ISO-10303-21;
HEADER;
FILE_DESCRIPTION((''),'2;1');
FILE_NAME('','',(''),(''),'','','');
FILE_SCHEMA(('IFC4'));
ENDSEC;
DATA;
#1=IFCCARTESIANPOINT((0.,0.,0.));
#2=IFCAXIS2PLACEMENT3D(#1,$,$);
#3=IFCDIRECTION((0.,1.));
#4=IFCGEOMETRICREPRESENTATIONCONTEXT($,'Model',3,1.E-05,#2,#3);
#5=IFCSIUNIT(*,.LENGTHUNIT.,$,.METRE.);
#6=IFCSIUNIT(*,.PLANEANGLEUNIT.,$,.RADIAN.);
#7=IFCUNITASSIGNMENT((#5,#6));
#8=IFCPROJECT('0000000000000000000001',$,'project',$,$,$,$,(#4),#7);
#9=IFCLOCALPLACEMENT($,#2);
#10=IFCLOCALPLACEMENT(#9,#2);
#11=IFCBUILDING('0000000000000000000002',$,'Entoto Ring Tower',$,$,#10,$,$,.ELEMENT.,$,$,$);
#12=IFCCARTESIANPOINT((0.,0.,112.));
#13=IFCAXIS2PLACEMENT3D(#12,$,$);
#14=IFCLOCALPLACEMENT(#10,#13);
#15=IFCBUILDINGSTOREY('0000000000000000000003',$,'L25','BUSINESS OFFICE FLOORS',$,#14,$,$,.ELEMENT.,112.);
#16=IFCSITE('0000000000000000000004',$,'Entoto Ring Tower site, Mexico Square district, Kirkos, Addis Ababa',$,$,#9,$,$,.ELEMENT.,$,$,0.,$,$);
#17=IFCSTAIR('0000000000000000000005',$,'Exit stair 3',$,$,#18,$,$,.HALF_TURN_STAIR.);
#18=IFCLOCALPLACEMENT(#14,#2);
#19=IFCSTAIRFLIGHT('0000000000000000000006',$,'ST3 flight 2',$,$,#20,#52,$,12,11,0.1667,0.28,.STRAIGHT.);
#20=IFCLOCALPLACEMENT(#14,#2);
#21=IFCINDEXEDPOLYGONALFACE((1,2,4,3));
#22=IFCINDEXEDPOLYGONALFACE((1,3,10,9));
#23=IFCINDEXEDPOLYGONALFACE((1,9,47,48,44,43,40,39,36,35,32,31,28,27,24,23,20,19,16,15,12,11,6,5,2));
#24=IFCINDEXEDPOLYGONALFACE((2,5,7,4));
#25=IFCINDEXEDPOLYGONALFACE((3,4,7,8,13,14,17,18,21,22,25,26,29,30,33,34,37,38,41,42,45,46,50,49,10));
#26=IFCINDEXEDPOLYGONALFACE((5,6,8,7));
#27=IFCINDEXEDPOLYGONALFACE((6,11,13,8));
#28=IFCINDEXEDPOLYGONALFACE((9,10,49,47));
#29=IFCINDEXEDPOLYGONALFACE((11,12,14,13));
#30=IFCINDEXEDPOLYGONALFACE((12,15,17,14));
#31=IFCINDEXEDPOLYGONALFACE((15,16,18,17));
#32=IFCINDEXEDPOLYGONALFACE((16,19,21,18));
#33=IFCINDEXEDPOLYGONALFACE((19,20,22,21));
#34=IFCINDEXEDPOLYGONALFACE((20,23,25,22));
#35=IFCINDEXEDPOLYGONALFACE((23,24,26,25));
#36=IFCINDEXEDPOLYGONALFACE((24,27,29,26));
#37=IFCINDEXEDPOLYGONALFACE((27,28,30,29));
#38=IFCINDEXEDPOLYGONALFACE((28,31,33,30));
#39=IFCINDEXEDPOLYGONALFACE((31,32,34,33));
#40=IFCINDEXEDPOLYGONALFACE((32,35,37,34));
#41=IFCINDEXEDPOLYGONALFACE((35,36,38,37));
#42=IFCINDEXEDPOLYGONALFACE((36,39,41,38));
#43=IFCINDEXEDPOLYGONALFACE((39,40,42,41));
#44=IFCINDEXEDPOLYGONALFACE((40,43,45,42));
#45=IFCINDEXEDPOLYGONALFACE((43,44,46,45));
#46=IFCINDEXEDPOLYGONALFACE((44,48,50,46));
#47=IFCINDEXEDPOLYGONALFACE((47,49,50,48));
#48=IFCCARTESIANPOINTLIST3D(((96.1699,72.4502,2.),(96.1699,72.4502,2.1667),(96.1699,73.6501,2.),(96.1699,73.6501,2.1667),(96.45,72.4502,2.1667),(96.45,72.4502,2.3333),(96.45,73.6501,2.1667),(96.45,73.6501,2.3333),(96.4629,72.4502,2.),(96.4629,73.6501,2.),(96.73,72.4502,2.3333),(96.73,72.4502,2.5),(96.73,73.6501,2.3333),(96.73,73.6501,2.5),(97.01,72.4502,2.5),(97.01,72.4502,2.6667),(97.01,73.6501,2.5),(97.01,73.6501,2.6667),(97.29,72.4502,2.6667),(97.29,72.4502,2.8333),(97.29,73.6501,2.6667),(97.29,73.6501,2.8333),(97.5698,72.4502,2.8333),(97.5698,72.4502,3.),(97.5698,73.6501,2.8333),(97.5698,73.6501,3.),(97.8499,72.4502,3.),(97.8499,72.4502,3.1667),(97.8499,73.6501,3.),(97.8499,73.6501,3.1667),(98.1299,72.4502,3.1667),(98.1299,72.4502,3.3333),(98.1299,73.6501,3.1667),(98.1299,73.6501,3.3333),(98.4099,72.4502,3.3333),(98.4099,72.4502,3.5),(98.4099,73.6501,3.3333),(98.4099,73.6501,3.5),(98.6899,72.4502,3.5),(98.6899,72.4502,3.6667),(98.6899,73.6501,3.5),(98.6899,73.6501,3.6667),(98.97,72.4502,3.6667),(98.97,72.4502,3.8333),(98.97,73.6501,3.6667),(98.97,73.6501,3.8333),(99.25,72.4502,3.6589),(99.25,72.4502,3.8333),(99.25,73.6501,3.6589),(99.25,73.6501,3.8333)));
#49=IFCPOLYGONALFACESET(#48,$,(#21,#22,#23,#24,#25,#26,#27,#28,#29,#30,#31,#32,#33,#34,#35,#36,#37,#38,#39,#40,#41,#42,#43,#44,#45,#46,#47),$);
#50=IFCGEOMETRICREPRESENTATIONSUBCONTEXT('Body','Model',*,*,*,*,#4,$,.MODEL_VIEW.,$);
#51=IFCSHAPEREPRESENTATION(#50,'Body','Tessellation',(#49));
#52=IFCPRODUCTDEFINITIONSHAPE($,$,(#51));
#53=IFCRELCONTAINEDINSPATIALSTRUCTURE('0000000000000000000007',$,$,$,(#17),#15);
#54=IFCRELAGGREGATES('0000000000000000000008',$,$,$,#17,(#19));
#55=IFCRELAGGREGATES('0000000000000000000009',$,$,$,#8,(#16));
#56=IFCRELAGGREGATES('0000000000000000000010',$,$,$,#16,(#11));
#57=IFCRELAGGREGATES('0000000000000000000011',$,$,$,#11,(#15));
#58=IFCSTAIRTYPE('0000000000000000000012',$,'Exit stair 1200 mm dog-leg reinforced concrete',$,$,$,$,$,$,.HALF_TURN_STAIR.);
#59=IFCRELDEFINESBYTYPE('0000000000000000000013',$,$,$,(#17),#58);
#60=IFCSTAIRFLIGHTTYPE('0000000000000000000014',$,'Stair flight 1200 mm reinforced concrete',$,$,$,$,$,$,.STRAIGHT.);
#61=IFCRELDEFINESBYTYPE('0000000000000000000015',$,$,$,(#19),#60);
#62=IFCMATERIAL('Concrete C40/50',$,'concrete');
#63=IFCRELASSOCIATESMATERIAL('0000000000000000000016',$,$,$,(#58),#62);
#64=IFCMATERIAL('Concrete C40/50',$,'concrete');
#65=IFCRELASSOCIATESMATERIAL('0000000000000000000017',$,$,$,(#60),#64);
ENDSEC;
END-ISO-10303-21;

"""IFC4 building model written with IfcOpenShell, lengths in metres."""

from ifc_helpers import new_model, si_unit, direction, frame, origin, place, context, subcontext, project, spatial, polyline, outline, extrude, material, type_object, element, aggregate, save


model = new_model("IFC4")

# Units and contexts
model_context = context("Model", 3, precision=1e-05, world=origin(), true_north=direction((0.0, 1.0)))
body_context = subcontext(model_context, "Body", "Model", "MODEL_VIEW")
ifc_project = project(units=[si_unit("LENGTHUNIT", "METRE"), si_unit("PLANEANGLEUNIT", "RADIAN")], contexts=[model_context])

# Site, building, storey
site_placement = place(None, origin())
site = spatial("IfcSite", under=ifc_project, at=site_placement, Name="Entoto Ring Tower site, Mexico Square district, Kirkos, Addis Ababa", CompositionType="ELEMENT", RefElevation=0.0)
building_placement = place(site_placement, origin())
building = spatial("IfcBuilding", under=site, at=building_placement, Name="Entoto Ring Tower", CompositionType="ELEMENT")
storey_placement = place(building_placement, frame((0.0, 0.0, 112.0)))
storey = spatial("IfcBuildingStorey", under=building, at=storey_placement, Name="L25", Description="BUSINESS OFFICE FLOORS", CompositionType="ELEMENT", Elevation=112.0)

# Stair, stair flight
ifc_material_1 = material(Name="Concrete C40/50", Category="concrete")
stair_type = type_object("IfcStairType", Name="Exit stair 1200 mm dog-leg reinforced concrete", PredefinedType="HALF_TURN_STAIR", material=ifc_material_1)
stair_placement = place(storey_placement, origin())
stair = element("IfcStair", 1, at=stair_placement, inside=storey, type_object=stair_type, Name="Exit stair 3", PredefinedType="HALF_TURN_STAIR")
ifc_material_2 = material(Name="Concrete C40/50", Category="concrete")
stair_flight_type = type_object("IfcStairFlightType", Name="Stair flight 1200 mm reinforced concrete", PredefinedType="STRAIGHT", material=ifc_material_2)
stair_flight_1_placement = place(storey_placement, frame((96.1699, 73.05, 2.0), z_axis=(0.0, 0.0, 1.0), x_axis=(1.0, 0.0, 0.0)))
stair_flight_1 = element("IfcStairFlight", 2, at=stair_flight_1_placement, type_object=stair_flight_type, Name="ST3 flight 2", NumberOfRisers=12, NumberOfTreads=11, PredefinedType="STRAIGHT", RiserHeight=0.1667, TreadLength=0.28, context=body_context, shape_type="SweptSolid", body=[
    extrude(outline(polyline([(0.0, 0.0), (0.0, 0.1667), (0.28, 0.1667), (0.28, 0.3333), (0.5601, 0.3333), (0.5601, 0.5), (0.8401, 0.5), (0.8401, 0.6667), (1.1201, 0.6667), (1.1201, 0.8333), (1.3999, 0.8333), (1.3999, 1.0), (1.6799, 1.0), (1.6799, 1.1667), (1.96, 1.1667), (1.96, 1.3333), (2.24, 1.3333), (2.24, 1.5), (2.52, 1.5), (2.52, 1.6667), (2.8, 1.6667), (2.8, 1.8333), (3.0801, 1.8333), (3.0801, 2.0), (3.0801, 1.6589), (0.293, 0.0), (0.0, 0.0)])), frame((0.0, 0.6001, 0.0), z_axis=(0.0, -1.0, 0.0), x_axis=(1.0, 0.0, 0.0)), (0.0, 0.0, 1.0), 1.2),
])
aggregate(stair, [stair_flight_1])

save(model, "model.ifc")
